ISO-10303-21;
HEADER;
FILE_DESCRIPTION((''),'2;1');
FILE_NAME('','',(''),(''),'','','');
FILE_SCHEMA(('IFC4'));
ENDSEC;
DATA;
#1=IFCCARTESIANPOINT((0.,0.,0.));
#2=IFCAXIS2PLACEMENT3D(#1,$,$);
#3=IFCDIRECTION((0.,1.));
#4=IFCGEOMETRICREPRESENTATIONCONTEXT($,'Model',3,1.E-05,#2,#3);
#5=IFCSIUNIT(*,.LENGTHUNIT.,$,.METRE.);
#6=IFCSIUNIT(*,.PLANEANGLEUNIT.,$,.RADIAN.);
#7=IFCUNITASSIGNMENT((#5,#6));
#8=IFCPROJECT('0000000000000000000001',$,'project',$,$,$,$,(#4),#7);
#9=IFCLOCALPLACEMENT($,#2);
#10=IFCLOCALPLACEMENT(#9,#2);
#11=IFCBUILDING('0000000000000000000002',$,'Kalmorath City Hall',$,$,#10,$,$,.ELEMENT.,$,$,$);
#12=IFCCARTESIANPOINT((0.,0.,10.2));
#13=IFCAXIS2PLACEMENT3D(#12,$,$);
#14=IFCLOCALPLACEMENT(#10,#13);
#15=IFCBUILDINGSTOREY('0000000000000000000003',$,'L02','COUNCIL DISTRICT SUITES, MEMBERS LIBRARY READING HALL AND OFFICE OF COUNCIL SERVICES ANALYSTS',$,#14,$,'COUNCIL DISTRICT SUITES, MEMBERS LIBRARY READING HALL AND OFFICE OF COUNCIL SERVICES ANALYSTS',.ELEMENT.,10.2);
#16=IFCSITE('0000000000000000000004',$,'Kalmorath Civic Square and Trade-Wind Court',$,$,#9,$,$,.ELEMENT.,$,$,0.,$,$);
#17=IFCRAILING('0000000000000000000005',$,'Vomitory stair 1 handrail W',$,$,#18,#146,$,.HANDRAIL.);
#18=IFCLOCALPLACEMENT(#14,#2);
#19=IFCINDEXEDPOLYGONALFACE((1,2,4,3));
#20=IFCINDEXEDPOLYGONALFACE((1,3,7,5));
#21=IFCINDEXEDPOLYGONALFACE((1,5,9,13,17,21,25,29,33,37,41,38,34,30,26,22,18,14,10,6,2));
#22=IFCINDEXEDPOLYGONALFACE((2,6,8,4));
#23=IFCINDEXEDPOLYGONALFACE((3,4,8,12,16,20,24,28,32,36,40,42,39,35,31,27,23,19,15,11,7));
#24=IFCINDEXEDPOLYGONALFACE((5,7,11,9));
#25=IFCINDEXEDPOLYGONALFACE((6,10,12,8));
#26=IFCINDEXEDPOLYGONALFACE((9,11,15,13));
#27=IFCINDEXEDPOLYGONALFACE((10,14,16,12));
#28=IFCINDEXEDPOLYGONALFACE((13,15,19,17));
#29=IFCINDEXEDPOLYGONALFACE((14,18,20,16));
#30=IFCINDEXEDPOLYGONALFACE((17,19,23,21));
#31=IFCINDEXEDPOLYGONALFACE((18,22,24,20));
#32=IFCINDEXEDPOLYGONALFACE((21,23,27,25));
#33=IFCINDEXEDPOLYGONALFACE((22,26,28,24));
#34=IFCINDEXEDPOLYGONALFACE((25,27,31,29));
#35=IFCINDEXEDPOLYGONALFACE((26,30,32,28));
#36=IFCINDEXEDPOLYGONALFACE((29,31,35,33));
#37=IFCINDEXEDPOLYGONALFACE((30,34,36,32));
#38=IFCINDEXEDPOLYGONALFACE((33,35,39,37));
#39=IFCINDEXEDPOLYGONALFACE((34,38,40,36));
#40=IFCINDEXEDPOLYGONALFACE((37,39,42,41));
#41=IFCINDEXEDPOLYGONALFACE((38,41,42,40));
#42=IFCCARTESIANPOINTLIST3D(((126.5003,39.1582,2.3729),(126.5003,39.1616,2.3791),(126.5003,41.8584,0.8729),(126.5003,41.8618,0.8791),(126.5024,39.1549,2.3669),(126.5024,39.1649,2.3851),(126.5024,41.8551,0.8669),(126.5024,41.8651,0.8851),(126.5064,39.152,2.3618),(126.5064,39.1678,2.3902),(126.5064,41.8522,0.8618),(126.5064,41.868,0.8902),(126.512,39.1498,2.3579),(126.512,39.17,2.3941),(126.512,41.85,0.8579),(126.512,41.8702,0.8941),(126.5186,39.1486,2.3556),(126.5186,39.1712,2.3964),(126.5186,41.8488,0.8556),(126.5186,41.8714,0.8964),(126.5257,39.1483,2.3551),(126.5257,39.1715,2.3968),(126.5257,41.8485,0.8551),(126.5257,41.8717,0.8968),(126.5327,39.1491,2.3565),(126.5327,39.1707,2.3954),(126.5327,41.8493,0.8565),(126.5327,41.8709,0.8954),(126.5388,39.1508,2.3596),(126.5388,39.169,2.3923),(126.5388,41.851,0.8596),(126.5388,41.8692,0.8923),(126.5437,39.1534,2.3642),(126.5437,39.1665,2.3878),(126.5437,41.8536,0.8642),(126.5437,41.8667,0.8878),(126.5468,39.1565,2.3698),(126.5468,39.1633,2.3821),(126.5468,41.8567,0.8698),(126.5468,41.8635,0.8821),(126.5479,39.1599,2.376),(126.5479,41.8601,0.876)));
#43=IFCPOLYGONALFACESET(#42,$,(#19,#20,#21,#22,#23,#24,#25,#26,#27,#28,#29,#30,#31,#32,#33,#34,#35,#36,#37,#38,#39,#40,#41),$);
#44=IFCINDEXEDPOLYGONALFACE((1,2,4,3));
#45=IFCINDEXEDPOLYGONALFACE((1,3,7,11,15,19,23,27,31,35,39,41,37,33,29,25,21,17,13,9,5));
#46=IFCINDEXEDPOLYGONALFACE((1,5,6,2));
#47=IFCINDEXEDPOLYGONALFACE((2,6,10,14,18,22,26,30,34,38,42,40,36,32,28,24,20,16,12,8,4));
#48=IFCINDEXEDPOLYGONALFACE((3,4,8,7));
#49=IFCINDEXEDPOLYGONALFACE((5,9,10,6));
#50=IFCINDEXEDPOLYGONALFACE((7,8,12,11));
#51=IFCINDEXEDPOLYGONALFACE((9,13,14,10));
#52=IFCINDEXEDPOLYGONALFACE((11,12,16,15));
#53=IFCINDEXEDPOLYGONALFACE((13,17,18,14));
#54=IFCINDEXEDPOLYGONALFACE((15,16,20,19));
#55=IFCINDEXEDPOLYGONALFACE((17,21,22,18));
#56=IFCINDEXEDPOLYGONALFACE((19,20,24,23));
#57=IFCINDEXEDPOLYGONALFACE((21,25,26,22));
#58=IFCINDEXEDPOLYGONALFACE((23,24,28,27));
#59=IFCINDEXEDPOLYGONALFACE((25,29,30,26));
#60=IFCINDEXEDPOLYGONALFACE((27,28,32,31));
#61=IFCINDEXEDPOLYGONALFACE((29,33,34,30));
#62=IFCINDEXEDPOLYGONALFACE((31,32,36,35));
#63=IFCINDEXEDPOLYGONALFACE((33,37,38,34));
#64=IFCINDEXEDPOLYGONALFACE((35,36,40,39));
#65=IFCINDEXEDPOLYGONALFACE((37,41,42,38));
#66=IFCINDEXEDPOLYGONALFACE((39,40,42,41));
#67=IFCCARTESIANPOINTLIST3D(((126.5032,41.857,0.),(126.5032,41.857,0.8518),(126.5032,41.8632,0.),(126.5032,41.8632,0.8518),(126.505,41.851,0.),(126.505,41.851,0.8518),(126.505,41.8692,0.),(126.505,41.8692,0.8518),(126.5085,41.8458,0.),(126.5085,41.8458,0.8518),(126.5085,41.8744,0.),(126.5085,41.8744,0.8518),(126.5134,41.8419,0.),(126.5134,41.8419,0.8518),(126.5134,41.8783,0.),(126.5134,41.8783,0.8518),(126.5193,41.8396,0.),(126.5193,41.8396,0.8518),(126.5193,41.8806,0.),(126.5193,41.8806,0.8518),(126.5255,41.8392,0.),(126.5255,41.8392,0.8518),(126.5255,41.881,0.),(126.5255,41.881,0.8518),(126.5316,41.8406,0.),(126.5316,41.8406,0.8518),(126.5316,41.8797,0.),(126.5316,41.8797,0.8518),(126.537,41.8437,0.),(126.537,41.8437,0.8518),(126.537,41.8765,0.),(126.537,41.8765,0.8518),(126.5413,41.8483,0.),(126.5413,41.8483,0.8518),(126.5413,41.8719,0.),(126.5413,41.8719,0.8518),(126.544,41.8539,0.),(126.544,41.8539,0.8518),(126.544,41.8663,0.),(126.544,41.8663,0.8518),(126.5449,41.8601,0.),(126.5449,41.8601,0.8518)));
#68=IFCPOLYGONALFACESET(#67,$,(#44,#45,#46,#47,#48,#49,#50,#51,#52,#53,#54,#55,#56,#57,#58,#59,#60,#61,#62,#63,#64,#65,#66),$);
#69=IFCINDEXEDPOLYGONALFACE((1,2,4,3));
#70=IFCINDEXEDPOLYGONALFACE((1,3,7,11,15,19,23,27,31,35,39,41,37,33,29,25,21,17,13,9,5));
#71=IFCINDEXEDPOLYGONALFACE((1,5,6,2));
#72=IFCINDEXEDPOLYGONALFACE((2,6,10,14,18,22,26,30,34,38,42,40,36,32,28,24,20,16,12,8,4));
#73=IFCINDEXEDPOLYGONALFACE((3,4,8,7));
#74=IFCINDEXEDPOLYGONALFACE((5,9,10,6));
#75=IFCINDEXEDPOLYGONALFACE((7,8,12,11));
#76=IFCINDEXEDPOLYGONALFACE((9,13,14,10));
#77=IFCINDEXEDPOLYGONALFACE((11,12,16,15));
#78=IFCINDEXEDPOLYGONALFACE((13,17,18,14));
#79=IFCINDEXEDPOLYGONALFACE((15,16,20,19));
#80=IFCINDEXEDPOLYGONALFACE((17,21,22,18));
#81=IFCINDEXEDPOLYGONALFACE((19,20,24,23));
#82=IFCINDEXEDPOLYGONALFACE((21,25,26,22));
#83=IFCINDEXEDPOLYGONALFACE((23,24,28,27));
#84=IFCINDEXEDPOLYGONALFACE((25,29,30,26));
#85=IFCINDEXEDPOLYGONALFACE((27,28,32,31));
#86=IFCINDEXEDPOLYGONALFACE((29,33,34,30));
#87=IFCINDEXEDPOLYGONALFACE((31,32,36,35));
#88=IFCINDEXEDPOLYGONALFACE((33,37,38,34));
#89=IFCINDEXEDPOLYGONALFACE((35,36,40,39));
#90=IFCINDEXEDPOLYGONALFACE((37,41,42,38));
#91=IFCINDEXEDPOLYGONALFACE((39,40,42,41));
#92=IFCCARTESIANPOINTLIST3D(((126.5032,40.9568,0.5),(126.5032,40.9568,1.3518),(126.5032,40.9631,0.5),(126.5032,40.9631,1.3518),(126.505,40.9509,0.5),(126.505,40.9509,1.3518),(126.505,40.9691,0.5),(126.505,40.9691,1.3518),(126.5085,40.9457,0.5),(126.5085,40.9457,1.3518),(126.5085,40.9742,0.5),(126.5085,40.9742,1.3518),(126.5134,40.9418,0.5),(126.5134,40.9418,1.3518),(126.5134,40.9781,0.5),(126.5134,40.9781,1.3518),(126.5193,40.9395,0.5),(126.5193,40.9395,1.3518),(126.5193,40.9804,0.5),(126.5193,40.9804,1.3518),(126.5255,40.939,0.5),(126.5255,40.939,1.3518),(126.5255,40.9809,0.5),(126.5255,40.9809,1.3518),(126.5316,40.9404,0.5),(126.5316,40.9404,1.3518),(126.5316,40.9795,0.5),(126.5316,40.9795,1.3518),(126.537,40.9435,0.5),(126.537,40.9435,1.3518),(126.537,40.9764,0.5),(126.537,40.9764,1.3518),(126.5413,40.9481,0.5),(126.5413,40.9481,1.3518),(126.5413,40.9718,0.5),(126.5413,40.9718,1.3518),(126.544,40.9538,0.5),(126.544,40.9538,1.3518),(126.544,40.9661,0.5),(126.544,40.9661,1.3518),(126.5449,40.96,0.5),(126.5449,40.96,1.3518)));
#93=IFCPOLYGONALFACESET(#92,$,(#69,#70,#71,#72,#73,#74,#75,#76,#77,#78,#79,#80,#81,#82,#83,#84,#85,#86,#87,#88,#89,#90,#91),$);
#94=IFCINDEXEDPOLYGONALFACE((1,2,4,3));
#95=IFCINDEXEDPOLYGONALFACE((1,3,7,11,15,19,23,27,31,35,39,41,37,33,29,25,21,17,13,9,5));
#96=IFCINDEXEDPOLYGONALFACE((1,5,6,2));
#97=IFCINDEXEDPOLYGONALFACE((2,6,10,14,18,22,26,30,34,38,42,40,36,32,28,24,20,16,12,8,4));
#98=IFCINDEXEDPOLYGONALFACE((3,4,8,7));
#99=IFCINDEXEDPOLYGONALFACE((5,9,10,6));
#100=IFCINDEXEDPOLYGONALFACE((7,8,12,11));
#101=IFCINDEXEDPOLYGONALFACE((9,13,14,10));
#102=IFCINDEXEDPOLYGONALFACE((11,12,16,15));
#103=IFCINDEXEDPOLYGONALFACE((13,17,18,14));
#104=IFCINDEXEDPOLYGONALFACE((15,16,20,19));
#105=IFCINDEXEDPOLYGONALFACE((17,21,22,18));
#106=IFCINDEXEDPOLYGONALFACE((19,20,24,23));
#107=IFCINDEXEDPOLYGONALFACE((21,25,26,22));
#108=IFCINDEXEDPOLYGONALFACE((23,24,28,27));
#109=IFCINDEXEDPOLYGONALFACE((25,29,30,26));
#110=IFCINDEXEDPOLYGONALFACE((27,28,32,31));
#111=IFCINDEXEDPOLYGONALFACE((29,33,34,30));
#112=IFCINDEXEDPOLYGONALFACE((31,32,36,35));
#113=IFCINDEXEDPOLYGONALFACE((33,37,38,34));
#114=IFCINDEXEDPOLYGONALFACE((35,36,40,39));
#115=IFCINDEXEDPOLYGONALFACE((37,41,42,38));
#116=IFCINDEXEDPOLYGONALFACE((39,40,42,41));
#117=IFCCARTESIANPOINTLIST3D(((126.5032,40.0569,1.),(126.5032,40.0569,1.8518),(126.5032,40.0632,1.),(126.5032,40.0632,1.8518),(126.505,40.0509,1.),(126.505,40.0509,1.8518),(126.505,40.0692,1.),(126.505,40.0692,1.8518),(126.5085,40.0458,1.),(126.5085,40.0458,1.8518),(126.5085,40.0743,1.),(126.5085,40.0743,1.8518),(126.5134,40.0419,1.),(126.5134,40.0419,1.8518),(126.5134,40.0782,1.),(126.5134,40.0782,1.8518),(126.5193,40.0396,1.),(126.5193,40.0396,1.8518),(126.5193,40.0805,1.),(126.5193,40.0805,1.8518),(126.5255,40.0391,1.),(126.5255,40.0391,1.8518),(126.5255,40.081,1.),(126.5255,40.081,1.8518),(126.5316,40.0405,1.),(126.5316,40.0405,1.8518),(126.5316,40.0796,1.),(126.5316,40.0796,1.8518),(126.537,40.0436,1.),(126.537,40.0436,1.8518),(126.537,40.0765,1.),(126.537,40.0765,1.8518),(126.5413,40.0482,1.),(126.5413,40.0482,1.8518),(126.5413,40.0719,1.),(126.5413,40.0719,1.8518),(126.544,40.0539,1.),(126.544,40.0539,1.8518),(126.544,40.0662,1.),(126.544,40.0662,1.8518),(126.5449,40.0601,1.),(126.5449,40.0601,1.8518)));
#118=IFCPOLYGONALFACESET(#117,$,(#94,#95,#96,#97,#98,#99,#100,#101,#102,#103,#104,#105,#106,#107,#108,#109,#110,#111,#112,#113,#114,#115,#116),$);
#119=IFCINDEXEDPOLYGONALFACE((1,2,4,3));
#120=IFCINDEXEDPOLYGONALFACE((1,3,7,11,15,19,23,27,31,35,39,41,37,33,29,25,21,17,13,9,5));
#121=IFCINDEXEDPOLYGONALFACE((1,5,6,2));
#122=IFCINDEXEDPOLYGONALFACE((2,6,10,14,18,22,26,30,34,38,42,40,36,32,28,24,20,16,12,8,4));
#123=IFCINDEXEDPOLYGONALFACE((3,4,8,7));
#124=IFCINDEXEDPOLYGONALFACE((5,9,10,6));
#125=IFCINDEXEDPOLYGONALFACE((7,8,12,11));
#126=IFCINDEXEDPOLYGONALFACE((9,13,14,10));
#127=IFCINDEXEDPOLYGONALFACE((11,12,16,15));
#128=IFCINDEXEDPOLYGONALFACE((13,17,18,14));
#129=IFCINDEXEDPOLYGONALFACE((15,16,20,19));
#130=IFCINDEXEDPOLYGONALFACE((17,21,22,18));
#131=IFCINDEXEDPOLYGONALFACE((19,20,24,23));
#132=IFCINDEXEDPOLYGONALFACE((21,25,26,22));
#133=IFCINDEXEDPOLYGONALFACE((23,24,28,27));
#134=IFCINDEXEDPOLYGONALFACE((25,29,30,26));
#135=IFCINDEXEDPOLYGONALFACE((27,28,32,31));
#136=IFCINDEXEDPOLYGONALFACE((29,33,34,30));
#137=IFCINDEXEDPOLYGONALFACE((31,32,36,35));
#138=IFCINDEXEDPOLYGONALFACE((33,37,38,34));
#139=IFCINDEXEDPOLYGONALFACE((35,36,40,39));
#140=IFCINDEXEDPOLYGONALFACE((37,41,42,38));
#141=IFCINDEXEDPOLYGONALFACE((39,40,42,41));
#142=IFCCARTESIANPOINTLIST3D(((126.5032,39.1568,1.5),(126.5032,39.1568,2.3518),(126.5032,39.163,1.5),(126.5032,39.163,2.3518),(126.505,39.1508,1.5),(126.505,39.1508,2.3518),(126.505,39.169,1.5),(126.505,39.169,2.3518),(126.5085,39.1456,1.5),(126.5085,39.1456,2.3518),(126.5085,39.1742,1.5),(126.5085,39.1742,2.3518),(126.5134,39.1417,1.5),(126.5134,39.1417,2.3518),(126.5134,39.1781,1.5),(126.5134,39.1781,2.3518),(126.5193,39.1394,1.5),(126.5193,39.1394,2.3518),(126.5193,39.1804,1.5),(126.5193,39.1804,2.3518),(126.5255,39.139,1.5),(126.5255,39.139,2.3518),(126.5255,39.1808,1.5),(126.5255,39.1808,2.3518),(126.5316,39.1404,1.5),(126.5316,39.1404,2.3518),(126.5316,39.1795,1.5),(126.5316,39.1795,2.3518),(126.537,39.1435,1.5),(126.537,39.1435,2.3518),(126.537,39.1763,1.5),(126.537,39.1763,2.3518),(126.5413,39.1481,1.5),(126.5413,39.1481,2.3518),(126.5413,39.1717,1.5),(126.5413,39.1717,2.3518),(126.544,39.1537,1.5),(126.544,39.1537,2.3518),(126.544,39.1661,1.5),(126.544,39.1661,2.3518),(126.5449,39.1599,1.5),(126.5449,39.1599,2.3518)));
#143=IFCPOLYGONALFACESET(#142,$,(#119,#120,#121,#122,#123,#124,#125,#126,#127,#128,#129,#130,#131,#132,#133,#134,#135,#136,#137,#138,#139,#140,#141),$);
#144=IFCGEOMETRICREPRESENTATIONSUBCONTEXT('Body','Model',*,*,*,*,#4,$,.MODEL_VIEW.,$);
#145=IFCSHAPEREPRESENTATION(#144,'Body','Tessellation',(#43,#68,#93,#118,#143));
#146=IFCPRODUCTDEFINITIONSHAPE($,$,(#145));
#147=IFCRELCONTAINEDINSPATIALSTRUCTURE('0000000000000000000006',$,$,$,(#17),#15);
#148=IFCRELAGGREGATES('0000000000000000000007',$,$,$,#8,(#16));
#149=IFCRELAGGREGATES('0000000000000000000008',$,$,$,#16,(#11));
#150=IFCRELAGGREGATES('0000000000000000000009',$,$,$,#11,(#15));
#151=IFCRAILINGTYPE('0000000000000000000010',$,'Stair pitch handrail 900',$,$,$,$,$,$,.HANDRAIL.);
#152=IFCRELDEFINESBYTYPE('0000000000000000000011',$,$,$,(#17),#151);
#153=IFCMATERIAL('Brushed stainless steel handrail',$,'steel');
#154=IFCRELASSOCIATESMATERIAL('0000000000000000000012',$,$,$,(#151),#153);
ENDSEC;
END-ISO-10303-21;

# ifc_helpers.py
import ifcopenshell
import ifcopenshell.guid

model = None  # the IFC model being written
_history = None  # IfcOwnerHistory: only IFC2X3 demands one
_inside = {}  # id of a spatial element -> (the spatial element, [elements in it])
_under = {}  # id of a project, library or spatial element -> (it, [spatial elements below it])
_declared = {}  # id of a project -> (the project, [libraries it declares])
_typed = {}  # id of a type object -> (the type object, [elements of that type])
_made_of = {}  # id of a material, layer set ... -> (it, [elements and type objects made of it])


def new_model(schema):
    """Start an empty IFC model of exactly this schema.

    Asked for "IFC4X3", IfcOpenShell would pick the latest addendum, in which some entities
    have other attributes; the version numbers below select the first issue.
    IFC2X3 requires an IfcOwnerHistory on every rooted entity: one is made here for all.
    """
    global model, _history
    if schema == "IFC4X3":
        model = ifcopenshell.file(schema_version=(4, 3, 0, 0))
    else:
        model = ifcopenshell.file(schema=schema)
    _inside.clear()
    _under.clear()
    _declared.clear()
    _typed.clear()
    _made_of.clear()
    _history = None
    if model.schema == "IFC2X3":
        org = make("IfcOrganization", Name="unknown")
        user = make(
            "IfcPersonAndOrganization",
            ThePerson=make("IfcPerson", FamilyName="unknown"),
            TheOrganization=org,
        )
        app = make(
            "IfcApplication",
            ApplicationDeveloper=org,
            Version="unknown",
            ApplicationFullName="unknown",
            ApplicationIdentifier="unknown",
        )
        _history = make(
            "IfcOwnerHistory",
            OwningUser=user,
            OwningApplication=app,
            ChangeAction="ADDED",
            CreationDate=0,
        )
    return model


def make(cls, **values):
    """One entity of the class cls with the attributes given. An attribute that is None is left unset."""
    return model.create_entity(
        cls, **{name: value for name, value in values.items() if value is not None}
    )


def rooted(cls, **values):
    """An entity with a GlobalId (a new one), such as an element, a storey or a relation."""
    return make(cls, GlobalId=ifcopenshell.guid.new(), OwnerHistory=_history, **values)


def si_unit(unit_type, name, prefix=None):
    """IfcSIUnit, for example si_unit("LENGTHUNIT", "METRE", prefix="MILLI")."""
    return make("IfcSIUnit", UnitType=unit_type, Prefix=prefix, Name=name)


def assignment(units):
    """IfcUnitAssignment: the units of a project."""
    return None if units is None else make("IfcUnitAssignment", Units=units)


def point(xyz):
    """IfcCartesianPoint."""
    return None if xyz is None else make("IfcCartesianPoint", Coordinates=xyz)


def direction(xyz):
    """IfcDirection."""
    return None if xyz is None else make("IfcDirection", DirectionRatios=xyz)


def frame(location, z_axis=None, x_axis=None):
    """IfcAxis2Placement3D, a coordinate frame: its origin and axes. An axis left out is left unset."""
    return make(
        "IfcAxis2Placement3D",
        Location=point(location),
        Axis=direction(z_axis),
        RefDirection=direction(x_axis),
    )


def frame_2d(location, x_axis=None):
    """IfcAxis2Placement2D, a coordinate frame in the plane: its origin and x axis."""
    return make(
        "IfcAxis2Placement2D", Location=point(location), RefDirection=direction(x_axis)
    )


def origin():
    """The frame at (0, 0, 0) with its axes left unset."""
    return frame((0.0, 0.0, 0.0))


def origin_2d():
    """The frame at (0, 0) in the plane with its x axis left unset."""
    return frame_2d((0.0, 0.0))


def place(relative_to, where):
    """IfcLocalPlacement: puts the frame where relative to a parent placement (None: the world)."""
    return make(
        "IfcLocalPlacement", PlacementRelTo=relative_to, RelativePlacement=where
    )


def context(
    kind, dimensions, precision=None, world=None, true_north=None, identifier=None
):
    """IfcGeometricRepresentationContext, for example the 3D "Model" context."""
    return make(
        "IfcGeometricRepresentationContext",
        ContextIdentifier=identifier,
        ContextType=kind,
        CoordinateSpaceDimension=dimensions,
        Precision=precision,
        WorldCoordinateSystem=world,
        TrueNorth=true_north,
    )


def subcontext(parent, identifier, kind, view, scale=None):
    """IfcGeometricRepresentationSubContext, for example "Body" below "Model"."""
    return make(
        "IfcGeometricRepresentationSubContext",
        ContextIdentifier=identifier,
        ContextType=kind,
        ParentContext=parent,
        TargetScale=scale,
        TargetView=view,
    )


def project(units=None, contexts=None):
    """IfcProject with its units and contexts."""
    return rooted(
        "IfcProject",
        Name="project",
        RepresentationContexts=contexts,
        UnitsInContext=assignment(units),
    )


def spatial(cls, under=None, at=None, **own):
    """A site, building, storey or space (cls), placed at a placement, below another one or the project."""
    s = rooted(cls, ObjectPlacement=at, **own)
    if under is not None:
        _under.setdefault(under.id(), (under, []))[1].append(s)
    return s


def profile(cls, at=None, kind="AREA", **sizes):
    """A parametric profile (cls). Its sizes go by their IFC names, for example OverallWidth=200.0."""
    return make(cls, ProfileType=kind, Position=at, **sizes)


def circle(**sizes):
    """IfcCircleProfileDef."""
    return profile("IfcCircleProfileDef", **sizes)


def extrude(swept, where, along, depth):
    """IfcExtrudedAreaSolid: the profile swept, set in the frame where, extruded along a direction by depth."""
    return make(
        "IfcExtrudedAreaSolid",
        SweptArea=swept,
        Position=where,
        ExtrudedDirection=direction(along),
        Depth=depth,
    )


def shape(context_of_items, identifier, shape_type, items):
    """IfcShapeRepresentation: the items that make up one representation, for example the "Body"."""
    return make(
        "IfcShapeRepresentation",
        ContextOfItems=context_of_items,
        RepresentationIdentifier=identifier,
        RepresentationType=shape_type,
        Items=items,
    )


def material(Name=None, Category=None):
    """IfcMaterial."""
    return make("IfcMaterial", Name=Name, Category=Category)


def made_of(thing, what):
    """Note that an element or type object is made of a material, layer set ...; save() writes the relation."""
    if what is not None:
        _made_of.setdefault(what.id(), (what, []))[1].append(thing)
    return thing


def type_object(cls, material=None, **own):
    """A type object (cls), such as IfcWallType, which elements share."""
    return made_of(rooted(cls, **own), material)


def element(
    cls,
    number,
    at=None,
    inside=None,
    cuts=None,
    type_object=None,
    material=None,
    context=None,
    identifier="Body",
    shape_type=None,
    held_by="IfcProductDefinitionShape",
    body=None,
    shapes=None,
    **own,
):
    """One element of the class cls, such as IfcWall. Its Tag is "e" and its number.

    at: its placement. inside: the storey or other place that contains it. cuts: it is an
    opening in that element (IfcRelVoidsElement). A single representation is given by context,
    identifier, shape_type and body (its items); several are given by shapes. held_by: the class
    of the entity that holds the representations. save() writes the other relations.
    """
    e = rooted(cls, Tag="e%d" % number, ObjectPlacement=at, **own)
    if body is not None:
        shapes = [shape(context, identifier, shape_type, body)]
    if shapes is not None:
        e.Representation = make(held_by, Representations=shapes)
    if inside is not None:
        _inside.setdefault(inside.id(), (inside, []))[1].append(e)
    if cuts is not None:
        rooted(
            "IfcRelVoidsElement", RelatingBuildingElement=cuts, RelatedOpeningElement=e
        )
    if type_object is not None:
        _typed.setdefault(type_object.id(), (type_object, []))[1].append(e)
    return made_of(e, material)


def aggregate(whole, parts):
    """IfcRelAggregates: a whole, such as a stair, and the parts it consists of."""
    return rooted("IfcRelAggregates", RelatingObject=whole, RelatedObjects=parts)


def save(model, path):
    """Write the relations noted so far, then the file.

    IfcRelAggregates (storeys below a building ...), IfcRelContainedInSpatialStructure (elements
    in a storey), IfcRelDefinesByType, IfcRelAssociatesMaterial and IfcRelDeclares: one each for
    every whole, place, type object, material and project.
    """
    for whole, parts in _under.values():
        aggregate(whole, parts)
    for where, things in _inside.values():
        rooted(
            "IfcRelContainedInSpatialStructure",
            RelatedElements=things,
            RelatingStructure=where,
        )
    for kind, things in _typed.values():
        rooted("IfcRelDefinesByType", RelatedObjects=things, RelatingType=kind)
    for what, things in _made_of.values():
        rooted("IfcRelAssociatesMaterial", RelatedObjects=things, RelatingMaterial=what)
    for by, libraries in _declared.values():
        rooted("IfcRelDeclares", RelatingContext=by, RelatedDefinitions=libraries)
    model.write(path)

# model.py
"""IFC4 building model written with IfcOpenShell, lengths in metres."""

from ifc_helpers import new_model, si_unit, direction, frame, origin, origin_2d, place, context, subcontext, project, spatial, circle, extrude, material, type_object, element, save


model = new_model("IFC4")

# Units and contexts
model_context = context("Model", 3, precision=1e-05, world=origin(), true_north=direction((0.0, 1.0)))
body_context = subcontext(model_context, "Body", "Model", "MODEL_VIEW")
ifc_project = project(units=[si_unit("LENGTHUNIT", "METRE"), si_unit("PLANEANGLEUNIT", "RADIAN")], contexts=[model_context])

# Site, building, storey
site_placement = place(None, origin())
site = spatial("IfcSite", under=ifc_project, at=site_placement, Name="Kalmorath Civic Square and Trade-Wind Court", CompositionType="ELEMENT", RefElevation=0.0)
building_placement = place(site_placement, origin())
building = spatial("IfcBuilding", under=site, at=building_placement, Name="Kalmorath City Hall", CompositionType="ELEMENT")
storey_placement = place(building_placement, frame((0.0, 0.0, 10.2)))
storey = spatial("IfcBuildingStorey", under=building, at=storey_placement, Name="L02", Description="COUNCIL DISTRICT SUITES, MEMBERS LIBRARY READING HALL AND OFFICE OF COUNCIL SERVICES ANALYSTS", LongName="COUNCIL DISTRICT SUITES, MEMBERS LIBRARY READING HALL AND OFFICE OF COUNCIL SERVICES ANALYSTS", CompositionType="ELEMENT", Elevation=10.2)

# Railing
ifc_material_1 = material(Name="Brushed stainless steel handrail", Category="steel")
railing_type_1 = type_object("IfcRailingType", Name="Stair pitch handrail 900", PredefinedType="HANDRAIL", material=ifc_material_1)
railing_1_placement = place(storey_placement, frame((126.5239, 41.8601, 0.0)))
element("IfcRailing", 1, at=railing_1_placement, inside=storey, type_object=railing_type_1, Name="Vomitory stair 1 handrail W", PredefinedType="HANDRAIL", context=body_context, shape_type="SweptSolid", body=[
    extrude(circle(Radius=0.0239, at=origin_2d()), frame((0.0, 0.0, 0.876), z_axis=(0.0, -0.874172, 0.485616), x_axis=(1.0, 0.0, 0.0)), (0.0, 0.0, 1.0), 3.0889),
    extrude(circle(Radius=0.021, at=origin_2d()), origin(), (0.0, 0.0, 1.0), 0.8518),
    extrude(circle(Radius=0.021, at=origin_2d()), frame((0.0, -0.9001, 0.5)), (0.0, 0.0, 1.0), 0.8518),
    extrude(circle(Radius=0.021, at=origin_2d()), frame((0.0, -1.8, 1.0)), (0.0, 0.0, 1.0), 0.8518),
    extrude(circle(Radius=0.021, at=origin_2d()), frame((0.0, -2.7002, 1.5)), (0.0, 0.0, 1.0), 0.8518),
])

save(model, "model.ifc")
